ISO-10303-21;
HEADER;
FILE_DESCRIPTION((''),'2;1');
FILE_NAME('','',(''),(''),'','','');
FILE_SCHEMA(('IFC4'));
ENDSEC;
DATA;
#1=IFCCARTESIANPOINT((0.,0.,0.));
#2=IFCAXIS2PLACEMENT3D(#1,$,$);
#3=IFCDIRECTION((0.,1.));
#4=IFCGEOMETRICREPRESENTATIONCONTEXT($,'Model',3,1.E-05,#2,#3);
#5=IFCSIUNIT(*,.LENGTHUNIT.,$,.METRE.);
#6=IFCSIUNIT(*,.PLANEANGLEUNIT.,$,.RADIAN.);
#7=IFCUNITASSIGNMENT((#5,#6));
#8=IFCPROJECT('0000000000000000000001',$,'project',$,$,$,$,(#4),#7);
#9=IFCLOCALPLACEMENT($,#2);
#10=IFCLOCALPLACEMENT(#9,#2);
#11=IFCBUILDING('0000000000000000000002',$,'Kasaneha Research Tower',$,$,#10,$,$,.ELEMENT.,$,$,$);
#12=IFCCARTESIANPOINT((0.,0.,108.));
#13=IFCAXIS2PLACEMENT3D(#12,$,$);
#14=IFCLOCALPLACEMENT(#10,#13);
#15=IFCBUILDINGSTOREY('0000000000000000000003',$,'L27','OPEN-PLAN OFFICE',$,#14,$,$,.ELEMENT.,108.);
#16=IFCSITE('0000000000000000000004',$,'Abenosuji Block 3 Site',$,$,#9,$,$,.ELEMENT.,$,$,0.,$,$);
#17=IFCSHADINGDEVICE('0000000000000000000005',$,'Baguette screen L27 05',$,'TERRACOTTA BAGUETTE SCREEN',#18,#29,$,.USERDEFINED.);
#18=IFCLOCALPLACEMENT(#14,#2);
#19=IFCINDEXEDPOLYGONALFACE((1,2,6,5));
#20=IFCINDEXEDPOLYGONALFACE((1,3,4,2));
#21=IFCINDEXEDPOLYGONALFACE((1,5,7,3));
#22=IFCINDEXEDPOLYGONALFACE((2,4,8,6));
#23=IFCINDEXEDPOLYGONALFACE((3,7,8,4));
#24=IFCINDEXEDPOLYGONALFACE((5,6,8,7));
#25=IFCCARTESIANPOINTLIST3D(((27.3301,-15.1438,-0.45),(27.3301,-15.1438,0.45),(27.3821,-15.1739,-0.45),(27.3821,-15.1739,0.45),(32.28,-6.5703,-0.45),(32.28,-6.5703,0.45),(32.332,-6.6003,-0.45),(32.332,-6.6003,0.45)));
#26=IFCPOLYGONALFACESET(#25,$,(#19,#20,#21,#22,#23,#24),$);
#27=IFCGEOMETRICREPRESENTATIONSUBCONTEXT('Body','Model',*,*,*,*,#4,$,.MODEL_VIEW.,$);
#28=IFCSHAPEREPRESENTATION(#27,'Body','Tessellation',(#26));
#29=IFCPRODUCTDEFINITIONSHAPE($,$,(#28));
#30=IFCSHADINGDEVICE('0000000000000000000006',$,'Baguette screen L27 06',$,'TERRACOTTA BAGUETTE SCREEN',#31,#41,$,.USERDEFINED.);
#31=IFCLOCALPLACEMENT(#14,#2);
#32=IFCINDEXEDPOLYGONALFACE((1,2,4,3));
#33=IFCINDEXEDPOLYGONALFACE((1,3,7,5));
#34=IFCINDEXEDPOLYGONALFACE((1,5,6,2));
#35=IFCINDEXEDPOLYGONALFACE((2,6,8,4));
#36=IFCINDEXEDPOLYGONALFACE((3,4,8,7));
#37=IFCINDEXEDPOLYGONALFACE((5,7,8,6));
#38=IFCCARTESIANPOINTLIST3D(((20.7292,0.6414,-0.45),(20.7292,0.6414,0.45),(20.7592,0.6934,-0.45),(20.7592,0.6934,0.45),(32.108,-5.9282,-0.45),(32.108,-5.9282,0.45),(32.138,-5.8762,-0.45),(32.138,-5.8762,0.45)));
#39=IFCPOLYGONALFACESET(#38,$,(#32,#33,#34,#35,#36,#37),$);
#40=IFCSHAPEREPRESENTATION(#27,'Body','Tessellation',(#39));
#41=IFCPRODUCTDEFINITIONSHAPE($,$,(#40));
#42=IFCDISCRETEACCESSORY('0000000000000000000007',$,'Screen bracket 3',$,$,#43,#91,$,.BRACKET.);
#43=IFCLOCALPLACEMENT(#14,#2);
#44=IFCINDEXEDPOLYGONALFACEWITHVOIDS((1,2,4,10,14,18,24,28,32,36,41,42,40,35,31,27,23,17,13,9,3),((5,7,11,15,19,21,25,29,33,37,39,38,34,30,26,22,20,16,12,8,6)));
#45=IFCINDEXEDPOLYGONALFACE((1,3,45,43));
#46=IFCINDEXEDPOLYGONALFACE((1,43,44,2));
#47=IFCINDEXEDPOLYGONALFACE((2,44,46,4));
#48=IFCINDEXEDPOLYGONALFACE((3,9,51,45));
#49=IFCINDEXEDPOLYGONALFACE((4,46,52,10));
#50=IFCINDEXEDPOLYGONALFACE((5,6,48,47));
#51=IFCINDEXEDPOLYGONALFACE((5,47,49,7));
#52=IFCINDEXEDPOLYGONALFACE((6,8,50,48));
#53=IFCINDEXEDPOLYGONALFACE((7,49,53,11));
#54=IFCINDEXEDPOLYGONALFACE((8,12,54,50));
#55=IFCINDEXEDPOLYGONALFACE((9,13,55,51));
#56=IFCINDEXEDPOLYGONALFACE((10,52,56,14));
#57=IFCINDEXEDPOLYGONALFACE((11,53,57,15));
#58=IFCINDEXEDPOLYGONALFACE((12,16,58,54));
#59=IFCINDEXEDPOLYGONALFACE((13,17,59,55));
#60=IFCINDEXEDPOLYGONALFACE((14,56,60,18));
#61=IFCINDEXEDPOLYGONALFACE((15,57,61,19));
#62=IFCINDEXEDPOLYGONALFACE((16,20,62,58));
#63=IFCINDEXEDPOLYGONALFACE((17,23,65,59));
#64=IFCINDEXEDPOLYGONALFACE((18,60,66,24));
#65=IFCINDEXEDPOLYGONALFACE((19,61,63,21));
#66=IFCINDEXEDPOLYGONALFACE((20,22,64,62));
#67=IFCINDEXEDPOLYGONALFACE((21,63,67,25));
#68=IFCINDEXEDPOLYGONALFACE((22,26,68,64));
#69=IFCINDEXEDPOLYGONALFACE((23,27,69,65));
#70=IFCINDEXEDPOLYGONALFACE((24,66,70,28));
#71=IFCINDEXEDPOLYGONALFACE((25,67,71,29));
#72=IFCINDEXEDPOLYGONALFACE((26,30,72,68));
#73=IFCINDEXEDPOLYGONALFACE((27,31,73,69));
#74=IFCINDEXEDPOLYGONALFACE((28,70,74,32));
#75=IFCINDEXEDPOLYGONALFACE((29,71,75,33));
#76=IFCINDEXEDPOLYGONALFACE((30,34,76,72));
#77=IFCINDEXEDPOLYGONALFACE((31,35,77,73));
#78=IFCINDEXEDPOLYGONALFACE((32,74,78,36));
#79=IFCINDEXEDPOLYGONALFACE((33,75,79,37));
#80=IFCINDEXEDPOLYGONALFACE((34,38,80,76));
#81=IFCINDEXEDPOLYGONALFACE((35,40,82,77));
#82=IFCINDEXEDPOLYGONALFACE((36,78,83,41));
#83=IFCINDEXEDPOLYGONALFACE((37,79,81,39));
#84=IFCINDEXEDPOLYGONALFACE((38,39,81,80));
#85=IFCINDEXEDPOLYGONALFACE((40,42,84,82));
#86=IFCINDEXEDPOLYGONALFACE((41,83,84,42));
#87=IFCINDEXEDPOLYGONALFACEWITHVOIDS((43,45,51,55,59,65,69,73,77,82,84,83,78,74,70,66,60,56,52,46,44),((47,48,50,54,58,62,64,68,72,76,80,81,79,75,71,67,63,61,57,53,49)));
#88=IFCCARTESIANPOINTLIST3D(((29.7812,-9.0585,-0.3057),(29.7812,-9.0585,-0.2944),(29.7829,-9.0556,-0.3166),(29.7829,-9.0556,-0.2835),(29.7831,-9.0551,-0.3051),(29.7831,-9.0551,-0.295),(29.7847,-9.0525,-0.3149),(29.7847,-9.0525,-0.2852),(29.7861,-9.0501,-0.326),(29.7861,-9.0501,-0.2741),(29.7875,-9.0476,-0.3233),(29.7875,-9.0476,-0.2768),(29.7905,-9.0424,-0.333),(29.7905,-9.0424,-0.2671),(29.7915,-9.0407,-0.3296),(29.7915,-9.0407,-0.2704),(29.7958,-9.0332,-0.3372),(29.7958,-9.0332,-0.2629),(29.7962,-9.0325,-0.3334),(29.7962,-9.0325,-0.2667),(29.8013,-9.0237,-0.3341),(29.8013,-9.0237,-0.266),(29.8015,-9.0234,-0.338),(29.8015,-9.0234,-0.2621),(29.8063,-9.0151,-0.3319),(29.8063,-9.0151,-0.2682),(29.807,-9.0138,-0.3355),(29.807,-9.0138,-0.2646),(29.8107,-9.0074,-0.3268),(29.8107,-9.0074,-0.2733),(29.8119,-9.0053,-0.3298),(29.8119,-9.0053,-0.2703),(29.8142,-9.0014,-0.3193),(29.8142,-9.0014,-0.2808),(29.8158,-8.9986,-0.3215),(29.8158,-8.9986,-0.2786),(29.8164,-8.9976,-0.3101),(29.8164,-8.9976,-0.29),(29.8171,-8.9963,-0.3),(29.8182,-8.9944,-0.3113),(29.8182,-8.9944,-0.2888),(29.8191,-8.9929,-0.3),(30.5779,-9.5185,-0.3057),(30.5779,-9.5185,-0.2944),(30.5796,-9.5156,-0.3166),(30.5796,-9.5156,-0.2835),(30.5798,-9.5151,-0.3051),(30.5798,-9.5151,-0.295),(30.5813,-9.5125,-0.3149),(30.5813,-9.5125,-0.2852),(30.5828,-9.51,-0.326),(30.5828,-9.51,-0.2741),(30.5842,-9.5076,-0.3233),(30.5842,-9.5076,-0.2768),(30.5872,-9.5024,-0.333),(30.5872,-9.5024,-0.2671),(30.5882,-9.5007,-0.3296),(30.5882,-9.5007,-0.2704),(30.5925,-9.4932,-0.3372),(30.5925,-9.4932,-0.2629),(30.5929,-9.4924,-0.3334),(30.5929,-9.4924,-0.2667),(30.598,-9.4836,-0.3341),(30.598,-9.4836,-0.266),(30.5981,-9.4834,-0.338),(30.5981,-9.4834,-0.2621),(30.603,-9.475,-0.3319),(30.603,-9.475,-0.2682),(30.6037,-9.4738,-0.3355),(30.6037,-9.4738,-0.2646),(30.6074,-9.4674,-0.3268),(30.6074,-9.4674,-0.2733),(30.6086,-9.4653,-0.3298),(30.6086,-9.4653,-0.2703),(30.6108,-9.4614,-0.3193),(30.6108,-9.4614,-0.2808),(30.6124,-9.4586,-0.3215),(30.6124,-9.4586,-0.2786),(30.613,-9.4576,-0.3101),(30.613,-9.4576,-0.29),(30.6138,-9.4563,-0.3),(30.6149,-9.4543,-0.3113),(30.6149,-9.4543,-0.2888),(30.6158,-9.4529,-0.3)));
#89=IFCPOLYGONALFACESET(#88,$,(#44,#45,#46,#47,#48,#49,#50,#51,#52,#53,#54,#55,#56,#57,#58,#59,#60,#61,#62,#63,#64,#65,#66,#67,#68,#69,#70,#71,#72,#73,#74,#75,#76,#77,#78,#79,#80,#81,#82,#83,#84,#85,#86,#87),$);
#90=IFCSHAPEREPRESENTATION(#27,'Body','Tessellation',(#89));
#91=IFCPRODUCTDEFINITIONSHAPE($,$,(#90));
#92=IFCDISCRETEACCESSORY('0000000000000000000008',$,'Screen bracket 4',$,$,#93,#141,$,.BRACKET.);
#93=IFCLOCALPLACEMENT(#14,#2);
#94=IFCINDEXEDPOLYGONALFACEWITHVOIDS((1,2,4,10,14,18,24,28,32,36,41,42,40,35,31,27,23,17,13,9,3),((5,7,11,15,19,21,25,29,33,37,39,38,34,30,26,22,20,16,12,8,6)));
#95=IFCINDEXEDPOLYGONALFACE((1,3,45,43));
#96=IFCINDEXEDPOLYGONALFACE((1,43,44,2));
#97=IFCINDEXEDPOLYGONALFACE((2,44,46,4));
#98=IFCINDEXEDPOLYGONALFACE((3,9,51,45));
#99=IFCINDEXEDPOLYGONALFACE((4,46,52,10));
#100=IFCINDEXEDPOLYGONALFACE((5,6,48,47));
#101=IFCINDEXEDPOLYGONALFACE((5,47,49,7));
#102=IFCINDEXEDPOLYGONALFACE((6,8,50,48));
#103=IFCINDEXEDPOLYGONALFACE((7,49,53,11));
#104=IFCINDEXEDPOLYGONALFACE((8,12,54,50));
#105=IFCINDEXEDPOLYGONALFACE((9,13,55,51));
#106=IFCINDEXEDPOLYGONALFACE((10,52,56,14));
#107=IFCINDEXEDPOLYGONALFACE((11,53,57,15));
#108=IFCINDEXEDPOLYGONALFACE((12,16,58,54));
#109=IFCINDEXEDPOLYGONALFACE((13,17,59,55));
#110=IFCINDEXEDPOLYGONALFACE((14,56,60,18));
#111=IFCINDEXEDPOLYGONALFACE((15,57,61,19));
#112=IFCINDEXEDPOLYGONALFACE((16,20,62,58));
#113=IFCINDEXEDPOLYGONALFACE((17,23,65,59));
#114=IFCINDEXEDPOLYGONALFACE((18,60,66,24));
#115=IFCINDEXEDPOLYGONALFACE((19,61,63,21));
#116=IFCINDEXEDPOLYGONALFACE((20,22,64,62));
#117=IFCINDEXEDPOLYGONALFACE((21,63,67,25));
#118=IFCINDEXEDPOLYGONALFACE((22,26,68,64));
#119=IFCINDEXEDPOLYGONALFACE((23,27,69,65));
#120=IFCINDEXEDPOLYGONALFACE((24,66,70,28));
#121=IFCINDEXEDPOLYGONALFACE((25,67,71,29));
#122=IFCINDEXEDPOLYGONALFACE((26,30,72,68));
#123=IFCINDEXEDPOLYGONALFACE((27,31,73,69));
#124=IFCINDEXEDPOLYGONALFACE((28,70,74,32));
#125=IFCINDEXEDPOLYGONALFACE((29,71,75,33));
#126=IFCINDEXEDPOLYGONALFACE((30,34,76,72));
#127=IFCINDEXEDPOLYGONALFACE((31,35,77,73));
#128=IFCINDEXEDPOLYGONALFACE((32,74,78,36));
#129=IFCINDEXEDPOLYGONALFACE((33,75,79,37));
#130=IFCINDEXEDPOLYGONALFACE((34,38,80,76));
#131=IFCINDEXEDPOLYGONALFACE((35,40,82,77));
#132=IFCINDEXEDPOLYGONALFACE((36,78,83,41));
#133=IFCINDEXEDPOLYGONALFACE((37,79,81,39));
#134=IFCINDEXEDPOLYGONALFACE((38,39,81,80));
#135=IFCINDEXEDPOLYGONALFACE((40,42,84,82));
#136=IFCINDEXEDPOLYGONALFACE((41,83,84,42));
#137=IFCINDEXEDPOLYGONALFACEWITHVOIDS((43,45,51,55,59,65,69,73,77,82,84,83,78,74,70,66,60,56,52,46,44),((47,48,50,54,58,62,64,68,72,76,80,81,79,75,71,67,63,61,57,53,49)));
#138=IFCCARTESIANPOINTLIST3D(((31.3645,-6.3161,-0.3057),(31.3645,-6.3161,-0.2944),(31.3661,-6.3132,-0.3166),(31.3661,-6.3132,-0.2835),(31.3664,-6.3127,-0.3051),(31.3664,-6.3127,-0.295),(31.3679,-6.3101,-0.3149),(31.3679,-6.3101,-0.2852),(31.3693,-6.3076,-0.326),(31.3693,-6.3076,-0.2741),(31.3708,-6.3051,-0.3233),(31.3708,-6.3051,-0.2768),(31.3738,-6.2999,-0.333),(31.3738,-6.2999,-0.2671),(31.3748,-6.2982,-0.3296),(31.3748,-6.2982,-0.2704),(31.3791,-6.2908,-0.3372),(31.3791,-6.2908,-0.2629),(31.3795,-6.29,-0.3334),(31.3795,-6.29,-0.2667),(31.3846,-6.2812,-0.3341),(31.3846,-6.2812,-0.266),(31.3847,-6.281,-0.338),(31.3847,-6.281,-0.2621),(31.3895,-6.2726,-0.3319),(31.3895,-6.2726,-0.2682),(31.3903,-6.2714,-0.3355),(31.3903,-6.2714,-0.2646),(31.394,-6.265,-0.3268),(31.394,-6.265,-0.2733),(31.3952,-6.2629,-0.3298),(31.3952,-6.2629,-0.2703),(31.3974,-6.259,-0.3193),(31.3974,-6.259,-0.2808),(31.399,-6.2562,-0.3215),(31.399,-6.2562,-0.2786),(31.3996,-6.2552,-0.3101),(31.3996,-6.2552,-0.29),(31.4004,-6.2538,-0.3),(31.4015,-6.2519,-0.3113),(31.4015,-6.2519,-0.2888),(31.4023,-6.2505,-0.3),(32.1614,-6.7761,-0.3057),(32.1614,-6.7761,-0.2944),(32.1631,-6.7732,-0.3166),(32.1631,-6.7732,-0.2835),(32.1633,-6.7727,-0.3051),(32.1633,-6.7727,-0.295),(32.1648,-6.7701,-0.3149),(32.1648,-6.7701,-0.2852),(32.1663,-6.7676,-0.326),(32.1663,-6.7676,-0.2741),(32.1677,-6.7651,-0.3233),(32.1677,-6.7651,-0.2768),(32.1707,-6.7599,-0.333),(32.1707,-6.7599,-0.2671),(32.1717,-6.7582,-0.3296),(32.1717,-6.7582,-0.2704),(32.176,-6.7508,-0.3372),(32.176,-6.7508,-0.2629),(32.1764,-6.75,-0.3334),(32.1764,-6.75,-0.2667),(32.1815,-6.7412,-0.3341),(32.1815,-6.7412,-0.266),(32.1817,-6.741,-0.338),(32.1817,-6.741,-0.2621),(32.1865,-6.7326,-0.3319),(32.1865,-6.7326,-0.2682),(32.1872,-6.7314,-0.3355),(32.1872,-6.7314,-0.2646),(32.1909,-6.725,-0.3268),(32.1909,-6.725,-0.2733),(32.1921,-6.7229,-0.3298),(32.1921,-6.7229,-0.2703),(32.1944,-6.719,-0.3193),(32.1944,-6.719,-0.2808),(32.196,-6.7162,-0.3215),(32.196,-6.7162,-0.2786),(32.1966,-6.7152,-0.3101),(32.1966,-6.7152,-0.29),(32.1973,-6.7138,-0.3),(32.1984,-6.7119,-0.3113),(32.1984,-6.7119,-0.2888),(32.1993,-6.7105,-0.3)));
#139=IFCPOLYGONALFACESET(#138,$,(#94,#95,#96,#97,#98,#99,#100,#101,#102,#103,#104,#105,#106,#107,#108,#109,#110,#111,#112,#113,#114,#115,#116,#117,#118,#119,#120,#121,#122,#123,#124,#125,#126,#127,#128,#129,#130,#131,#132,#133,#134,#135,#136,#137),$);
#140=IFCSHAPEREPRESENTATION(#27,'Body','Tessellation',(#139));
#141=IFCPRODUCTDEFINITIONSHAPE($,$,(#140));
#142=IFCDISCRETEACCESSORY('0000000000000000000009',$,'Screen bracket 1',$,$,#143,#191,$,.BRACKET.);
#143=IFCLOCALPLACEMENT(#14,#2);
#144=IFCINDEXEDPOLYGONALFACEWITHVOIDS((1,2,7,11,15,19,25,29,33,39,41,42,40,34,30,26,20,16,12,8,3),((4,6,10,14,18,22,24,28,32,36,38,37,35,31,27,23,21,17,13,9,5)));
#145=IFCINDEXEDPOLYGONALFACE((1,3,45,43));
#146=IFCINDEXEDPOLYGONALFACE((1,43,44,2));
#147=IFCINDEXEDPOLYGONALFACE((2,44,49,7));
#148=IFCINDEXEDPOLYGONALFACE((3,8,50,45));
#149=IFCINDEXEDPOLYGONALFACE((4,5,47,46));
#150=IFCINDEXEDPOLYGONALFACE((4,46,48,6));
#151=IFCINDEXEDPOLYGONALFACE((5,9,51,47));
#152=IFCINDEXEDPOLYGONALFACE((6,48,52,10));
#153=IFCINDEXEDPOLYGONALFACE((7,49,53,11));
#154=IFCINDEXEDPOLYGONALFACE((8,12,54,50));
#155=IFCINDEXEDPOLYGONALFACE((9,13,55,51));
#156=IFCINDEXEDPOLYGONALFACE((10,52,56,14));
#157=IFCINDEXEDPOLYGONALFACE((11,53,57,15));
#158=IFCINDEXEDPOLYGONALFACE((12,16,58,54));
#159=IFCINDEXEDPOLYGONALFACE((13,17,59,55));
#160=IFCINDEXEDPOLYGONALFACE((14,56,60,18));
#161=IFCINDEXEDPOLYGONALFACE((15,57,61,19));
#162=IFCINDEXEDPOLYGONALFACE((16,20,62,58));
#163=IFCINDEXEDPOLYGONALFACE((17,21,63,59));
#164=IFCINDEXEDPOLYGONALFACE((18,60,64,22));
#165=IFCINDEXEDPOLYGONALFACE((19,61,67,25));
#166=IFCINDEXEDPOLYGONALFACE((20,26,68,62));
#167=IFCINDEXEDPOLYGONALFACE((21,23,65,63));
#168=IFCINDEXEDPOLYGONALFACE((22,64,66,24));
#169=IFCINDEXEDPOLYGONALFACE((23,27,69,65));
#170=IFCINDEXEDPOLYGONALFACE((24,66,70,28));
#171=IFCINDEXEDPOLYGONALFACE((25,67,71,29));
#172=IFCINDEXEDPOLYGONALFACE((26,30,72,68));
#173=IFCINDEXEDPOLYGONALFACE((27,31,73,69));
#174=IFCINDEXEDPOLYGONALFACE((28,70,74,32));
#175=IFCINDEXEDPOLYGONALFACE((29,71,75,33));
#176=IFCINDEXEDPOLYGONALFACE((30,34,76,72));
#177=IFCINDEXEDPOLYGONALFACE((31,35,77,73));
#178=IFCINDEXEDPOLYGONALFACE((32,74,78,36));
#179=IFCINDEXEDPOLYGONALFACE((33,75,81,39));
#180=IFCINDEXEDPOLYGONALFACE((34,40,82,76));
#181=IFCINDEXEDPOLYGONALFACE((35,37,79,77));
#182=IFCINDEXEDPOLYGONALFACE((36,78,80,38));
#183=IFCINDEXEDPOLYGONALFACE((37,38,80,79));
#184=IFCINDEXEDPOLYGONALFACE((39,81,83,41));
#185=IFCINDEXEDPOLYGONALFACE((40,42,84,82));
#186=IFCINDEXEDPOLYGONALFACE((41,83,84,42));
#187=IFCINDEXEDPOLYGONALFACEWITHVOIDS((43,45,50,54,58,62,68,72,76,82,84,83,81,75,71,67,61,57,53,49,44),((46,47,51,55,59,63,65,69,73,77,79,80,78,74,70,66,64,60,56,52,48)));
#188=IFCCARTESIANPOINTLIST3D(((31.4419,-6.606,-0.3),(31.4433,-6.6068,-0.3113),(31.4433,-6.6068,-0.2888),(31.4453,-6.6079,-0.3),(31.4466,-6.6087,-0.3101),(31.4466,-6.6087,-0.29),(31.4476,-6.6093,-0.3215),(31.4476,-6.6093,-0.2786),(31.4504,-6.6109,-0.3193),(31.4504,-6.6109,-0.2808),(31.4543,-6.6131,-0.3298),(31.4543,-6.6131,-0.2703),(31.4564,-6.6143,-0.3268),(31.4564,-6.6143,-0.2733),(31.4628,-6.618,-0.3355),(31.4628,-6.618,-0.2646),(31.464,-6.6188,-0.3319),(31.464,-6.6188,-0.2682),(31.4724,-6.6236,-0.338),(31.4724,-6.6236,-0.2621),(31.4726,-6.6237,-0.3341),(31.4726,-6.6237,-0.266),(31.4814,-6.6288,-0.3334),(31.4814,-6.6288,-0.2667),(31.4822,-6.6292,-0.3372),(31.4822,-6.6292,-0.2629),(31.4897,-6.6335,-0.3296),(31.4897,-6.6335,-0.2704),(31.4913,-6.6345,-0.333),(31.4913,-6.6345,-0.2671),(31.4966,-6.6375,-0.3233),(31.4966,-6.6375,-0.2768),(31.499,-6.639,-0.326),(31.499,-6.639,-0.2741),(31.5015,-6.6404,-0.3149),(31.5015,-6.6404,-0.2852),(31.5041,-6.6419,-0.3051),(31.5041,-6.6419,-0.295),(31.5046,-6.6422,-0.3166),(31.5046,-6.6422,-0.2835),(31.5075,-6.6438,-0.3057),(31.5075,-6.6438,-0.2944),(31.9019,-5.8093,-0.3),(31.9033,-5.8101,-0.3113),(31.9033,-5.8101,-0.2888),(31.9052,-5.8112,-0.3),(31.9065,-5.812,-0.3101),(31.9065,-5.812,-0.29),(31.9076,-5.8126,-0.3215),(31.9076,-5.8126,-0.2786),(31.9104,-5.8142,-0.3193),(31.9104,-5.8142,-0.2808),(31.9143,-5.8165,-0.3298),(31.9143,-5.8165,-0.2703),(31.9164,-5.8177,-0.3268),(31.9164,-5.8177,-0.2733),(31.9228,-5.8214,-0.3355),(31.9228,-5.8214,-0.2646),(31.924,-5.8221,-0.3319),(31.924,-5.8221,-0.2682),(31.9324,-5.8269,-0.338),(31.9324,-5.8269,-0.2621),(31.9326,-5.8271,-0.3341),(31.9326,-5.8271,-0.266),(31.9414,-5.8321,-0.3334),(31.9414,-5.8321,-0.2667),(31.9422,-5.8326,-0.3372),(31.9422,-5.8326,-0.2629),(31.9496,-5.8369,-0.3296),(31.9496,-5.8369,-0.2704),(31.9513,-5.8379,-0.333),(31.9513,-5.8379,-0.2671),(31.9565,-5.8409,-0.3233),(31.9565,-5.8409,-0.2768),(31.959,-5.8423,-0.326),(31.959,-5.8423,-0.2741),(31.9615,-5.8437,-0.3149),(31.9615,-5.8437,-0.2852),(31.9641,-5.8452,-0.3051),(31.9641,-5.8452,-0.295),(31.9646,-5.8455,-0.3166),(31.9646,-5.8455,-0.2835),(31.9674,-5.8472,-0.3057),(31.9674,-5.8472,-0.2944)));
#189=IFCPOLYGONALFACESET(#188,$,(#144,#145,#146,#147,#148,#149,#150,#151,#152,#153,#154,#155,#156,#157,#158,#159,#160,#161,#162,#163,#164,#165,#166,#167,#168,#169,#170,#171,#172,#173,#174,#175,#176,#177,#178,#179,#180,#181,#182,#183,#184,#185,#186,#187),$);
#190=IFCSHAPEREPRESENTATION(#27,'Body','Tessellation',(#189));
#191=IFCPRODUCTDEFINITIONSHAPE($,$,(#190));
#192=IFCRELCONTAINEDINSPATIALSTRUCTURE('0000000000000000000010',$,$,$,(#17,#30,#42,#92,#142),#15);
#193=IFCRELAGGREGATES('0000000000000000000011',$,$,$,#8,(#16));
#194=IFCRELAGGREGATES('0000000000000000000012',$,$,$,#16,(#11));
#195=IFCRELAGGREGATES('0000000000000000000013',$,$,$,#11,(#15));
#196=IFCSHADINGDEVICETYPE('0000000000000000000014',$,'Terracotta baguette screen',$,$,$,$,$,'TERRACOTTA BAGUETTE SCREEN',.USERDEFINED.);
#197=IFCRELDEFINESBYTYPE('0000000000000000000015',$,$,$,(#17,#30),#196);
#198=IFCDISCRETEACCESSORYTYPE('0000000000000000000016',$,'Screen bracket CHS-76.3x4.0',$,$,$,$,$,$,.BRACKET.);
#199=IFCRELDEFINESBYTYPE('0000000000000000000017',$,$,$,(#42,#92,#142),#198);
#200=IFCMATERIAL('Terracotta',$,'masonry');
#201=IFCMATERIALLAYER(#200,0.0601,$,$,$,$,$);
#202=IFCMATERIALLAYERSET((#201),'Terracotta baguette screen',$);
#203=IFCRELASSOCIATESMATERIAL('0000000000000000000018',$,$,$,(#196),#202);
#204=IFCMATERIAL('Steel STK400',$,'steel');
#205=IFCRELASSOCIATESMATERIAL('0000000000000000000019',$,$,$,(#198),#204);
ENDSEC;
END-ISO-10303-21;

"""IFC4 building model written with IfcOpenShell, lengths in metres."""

from ifc_helpers import new_model, si_unit, direction, frame, origin, origin_2d, place, context, subcontext, project, spatial, rectangle, hollow_circle, extrude, material, layer, layer_set, material_profile, profile_set, type_object, element, save


model = new_model("IFC4")

# Units and contexts
model_context = context("Model", 3, precision=1e-05, world=origin(), true_north=direction((0.0, 1.0)))
body_context = subcontext(model_context, "Body", "Model", "MODEL_VIEW")
ifc_project = project(units=[si_unit("LENGTHUNIT", "METRE"), si_unit("PLANEANGLEUNIT", "RADIAN")], contexts=[model_context])

# Site, building, storey
site_placement = place(None, origin())
site = spatial("IfcSite", under=ifc_project, at=site_placement, Name="Abenosuji Block 3 Site", CompositionType="ELEMENT", RefElevation=0.0)
building_placement = place(site_placement, origin())
building = spatial("IfcBuilding", under=site, at=building_placement, Name="Kasaneha Research Tower", CompositionType="ELEMENT")
storey_placement = place(building_placement, frame((0.0, 0.0, 108.0)))
storey = spatial("IfcBuildingStorey", under=building, at=storey_placement, Name="L27", Description="OPEN-PLAN OFFICE", CompositionType="ELEMENT", Elevation=108.0)

# Shading devices
ifc_material_1 = material(Name="Terracotta", Category="masonry")
ifc_layer_1 = layer(ifc_material_1, 0.0601)
ifc_layer_set_1 = layer_set([ifc_layer_1], Name="Terracotta baguette screen")
shading_device_type = type_object("IfcShadingDeviceType", Name="Terracotta baguette screen", ElementType="TERRACOTTA BAGUETTE SCREEN", PredefinedType="USERDEFINED", material=ifc_layer_set_1)
shading_device_1_placement = place(storey_placement, frame((29.8311, -10.8721, -0.45), z_axis=(0.0, 0.0, 1.0), x_axis=(0.5, 0.866025, 0.0)))
element("IfcShadingDevice", 1, at=shading_device_1_placement, inside=storey, type_object=shading_device_type, Name="Baguette screen L27 05", ObjectType="TERRACOTTA BAGUETTE SCREEN", PredefinedType="USERDEFINED", context=body_context, shape_type="SweptSolid", body=[
    extrude(rectangle(XDim=9.8999, YDim=0.0601, at=origin_2d()), origin(), (0.0, 0.0, 1.0), 0.8999),
])
shading_device_2_placement = place(storey_placement, frame((26.4336, -2.6174, -0.45), z_axis=(0.0, 0.0, 1.0), x_axis=(-0.866025, 0.5, 0.0)))
element("IfcShadingDevice", 2, at=shading_device_2_placement, inside=storey, type_object=shading_device_type, Name="Baguette screen L27 06", ObjectType="TERRACOTTA BAGUETTE SCREEN", PredefinedType="USERDEFINED", context=body_context, shape_type="SweptSolid", body=[
    extrude(rectangle(XDim=13.1392, YDim=0.0601, at=origin_2d()), origin(), (0.0, 0.0, 1.0), 0.8999),
])

# Discrete accessories
ifc_material_2 = material(Name="Steel STK400", Category="steel")
ifc_material_profile_1 = material_profile(ifc_material_2, hollow_circle(Radius=0.0381, WallThickness=0.0039, at=origin_2d()), Name="CHS-76.3x4.0")
ifc_profile_set_1 = profile_set([ifc_material_profile_1], Name="Steel STK400")
discrete_accessory_type = type_object("IfcDiscreteAccessoryType", Name="Screen bracket CHS-76.3x4.0", PredefinedType="BRACKET", material=ifc_profile_set_1)
discrete_accessory_1_placement = place(storey_placement, frame((29.8, -9.0259, -0.3), z_axis=(0.866013, -0.500021, 0.0), x_axis=(0.500021, 0.866013, 0.0)))
element("IfcDiscreteAccessory", 3, at=discrete_accessory_1_placement, inside=storey, type_object=discrete_accessory_type, Name="Screen bracket 3", PredefinedType="BRACKET", context=body_context, shape_type="SweptSolid", body=[
    extrude(hollow_circle(Radius=0.0381, WallThickness=0.0039, at=origin_2d()), origin(), (0.0, 0.0, 1.0), 0.9199),
])
discrete_accessory_2_placement = place(storey_placement, frame((31.3833, -6.2834, -0.3), z_axis=(0.86608, -0.499906, 0.0), x_axis=(0.499906, 0.86608, 0.0)))
element("IfcDiscreteAccessory", 4, at=discrete_accessory_2_placement, inside=storey, type_object=discrete_accessory_type, Name="Screen bracket 4", PredefinedType="BRACKET", context=body_context, shape_type="SweptSolid", body=[
    extrude(hollow_circle(Radius=0.0381, WallThickness=0.0039, at=origin_2d()), origin(), (0.0, 0.0, 1.0), 0.9202),
])
discrete_accessory_3_placement = place(storey_placement, frame((31.4749, -6.625, -0.3), z_axis=(0.500021, 0.866013, 0.0), x_axis=(-0.866013, 0.500021, 0.0)))
element("IfcDiscreteAccessory", 5, at=discrete_accessory_3_placement, inside=storey, type_object=discrete_accessory_type, Name="Screen bracket 1", PredefinedType="BRACKET", context=body_context, shape_type="SweptSolid", body=[
    extrude(hollow_circle(Radius=0.0381, WallThickness=0.0039, at=origin_2d()), origin(), (0.0, 0.0, 1.0), 0.9199),
])

save(model, "model.ifc")
